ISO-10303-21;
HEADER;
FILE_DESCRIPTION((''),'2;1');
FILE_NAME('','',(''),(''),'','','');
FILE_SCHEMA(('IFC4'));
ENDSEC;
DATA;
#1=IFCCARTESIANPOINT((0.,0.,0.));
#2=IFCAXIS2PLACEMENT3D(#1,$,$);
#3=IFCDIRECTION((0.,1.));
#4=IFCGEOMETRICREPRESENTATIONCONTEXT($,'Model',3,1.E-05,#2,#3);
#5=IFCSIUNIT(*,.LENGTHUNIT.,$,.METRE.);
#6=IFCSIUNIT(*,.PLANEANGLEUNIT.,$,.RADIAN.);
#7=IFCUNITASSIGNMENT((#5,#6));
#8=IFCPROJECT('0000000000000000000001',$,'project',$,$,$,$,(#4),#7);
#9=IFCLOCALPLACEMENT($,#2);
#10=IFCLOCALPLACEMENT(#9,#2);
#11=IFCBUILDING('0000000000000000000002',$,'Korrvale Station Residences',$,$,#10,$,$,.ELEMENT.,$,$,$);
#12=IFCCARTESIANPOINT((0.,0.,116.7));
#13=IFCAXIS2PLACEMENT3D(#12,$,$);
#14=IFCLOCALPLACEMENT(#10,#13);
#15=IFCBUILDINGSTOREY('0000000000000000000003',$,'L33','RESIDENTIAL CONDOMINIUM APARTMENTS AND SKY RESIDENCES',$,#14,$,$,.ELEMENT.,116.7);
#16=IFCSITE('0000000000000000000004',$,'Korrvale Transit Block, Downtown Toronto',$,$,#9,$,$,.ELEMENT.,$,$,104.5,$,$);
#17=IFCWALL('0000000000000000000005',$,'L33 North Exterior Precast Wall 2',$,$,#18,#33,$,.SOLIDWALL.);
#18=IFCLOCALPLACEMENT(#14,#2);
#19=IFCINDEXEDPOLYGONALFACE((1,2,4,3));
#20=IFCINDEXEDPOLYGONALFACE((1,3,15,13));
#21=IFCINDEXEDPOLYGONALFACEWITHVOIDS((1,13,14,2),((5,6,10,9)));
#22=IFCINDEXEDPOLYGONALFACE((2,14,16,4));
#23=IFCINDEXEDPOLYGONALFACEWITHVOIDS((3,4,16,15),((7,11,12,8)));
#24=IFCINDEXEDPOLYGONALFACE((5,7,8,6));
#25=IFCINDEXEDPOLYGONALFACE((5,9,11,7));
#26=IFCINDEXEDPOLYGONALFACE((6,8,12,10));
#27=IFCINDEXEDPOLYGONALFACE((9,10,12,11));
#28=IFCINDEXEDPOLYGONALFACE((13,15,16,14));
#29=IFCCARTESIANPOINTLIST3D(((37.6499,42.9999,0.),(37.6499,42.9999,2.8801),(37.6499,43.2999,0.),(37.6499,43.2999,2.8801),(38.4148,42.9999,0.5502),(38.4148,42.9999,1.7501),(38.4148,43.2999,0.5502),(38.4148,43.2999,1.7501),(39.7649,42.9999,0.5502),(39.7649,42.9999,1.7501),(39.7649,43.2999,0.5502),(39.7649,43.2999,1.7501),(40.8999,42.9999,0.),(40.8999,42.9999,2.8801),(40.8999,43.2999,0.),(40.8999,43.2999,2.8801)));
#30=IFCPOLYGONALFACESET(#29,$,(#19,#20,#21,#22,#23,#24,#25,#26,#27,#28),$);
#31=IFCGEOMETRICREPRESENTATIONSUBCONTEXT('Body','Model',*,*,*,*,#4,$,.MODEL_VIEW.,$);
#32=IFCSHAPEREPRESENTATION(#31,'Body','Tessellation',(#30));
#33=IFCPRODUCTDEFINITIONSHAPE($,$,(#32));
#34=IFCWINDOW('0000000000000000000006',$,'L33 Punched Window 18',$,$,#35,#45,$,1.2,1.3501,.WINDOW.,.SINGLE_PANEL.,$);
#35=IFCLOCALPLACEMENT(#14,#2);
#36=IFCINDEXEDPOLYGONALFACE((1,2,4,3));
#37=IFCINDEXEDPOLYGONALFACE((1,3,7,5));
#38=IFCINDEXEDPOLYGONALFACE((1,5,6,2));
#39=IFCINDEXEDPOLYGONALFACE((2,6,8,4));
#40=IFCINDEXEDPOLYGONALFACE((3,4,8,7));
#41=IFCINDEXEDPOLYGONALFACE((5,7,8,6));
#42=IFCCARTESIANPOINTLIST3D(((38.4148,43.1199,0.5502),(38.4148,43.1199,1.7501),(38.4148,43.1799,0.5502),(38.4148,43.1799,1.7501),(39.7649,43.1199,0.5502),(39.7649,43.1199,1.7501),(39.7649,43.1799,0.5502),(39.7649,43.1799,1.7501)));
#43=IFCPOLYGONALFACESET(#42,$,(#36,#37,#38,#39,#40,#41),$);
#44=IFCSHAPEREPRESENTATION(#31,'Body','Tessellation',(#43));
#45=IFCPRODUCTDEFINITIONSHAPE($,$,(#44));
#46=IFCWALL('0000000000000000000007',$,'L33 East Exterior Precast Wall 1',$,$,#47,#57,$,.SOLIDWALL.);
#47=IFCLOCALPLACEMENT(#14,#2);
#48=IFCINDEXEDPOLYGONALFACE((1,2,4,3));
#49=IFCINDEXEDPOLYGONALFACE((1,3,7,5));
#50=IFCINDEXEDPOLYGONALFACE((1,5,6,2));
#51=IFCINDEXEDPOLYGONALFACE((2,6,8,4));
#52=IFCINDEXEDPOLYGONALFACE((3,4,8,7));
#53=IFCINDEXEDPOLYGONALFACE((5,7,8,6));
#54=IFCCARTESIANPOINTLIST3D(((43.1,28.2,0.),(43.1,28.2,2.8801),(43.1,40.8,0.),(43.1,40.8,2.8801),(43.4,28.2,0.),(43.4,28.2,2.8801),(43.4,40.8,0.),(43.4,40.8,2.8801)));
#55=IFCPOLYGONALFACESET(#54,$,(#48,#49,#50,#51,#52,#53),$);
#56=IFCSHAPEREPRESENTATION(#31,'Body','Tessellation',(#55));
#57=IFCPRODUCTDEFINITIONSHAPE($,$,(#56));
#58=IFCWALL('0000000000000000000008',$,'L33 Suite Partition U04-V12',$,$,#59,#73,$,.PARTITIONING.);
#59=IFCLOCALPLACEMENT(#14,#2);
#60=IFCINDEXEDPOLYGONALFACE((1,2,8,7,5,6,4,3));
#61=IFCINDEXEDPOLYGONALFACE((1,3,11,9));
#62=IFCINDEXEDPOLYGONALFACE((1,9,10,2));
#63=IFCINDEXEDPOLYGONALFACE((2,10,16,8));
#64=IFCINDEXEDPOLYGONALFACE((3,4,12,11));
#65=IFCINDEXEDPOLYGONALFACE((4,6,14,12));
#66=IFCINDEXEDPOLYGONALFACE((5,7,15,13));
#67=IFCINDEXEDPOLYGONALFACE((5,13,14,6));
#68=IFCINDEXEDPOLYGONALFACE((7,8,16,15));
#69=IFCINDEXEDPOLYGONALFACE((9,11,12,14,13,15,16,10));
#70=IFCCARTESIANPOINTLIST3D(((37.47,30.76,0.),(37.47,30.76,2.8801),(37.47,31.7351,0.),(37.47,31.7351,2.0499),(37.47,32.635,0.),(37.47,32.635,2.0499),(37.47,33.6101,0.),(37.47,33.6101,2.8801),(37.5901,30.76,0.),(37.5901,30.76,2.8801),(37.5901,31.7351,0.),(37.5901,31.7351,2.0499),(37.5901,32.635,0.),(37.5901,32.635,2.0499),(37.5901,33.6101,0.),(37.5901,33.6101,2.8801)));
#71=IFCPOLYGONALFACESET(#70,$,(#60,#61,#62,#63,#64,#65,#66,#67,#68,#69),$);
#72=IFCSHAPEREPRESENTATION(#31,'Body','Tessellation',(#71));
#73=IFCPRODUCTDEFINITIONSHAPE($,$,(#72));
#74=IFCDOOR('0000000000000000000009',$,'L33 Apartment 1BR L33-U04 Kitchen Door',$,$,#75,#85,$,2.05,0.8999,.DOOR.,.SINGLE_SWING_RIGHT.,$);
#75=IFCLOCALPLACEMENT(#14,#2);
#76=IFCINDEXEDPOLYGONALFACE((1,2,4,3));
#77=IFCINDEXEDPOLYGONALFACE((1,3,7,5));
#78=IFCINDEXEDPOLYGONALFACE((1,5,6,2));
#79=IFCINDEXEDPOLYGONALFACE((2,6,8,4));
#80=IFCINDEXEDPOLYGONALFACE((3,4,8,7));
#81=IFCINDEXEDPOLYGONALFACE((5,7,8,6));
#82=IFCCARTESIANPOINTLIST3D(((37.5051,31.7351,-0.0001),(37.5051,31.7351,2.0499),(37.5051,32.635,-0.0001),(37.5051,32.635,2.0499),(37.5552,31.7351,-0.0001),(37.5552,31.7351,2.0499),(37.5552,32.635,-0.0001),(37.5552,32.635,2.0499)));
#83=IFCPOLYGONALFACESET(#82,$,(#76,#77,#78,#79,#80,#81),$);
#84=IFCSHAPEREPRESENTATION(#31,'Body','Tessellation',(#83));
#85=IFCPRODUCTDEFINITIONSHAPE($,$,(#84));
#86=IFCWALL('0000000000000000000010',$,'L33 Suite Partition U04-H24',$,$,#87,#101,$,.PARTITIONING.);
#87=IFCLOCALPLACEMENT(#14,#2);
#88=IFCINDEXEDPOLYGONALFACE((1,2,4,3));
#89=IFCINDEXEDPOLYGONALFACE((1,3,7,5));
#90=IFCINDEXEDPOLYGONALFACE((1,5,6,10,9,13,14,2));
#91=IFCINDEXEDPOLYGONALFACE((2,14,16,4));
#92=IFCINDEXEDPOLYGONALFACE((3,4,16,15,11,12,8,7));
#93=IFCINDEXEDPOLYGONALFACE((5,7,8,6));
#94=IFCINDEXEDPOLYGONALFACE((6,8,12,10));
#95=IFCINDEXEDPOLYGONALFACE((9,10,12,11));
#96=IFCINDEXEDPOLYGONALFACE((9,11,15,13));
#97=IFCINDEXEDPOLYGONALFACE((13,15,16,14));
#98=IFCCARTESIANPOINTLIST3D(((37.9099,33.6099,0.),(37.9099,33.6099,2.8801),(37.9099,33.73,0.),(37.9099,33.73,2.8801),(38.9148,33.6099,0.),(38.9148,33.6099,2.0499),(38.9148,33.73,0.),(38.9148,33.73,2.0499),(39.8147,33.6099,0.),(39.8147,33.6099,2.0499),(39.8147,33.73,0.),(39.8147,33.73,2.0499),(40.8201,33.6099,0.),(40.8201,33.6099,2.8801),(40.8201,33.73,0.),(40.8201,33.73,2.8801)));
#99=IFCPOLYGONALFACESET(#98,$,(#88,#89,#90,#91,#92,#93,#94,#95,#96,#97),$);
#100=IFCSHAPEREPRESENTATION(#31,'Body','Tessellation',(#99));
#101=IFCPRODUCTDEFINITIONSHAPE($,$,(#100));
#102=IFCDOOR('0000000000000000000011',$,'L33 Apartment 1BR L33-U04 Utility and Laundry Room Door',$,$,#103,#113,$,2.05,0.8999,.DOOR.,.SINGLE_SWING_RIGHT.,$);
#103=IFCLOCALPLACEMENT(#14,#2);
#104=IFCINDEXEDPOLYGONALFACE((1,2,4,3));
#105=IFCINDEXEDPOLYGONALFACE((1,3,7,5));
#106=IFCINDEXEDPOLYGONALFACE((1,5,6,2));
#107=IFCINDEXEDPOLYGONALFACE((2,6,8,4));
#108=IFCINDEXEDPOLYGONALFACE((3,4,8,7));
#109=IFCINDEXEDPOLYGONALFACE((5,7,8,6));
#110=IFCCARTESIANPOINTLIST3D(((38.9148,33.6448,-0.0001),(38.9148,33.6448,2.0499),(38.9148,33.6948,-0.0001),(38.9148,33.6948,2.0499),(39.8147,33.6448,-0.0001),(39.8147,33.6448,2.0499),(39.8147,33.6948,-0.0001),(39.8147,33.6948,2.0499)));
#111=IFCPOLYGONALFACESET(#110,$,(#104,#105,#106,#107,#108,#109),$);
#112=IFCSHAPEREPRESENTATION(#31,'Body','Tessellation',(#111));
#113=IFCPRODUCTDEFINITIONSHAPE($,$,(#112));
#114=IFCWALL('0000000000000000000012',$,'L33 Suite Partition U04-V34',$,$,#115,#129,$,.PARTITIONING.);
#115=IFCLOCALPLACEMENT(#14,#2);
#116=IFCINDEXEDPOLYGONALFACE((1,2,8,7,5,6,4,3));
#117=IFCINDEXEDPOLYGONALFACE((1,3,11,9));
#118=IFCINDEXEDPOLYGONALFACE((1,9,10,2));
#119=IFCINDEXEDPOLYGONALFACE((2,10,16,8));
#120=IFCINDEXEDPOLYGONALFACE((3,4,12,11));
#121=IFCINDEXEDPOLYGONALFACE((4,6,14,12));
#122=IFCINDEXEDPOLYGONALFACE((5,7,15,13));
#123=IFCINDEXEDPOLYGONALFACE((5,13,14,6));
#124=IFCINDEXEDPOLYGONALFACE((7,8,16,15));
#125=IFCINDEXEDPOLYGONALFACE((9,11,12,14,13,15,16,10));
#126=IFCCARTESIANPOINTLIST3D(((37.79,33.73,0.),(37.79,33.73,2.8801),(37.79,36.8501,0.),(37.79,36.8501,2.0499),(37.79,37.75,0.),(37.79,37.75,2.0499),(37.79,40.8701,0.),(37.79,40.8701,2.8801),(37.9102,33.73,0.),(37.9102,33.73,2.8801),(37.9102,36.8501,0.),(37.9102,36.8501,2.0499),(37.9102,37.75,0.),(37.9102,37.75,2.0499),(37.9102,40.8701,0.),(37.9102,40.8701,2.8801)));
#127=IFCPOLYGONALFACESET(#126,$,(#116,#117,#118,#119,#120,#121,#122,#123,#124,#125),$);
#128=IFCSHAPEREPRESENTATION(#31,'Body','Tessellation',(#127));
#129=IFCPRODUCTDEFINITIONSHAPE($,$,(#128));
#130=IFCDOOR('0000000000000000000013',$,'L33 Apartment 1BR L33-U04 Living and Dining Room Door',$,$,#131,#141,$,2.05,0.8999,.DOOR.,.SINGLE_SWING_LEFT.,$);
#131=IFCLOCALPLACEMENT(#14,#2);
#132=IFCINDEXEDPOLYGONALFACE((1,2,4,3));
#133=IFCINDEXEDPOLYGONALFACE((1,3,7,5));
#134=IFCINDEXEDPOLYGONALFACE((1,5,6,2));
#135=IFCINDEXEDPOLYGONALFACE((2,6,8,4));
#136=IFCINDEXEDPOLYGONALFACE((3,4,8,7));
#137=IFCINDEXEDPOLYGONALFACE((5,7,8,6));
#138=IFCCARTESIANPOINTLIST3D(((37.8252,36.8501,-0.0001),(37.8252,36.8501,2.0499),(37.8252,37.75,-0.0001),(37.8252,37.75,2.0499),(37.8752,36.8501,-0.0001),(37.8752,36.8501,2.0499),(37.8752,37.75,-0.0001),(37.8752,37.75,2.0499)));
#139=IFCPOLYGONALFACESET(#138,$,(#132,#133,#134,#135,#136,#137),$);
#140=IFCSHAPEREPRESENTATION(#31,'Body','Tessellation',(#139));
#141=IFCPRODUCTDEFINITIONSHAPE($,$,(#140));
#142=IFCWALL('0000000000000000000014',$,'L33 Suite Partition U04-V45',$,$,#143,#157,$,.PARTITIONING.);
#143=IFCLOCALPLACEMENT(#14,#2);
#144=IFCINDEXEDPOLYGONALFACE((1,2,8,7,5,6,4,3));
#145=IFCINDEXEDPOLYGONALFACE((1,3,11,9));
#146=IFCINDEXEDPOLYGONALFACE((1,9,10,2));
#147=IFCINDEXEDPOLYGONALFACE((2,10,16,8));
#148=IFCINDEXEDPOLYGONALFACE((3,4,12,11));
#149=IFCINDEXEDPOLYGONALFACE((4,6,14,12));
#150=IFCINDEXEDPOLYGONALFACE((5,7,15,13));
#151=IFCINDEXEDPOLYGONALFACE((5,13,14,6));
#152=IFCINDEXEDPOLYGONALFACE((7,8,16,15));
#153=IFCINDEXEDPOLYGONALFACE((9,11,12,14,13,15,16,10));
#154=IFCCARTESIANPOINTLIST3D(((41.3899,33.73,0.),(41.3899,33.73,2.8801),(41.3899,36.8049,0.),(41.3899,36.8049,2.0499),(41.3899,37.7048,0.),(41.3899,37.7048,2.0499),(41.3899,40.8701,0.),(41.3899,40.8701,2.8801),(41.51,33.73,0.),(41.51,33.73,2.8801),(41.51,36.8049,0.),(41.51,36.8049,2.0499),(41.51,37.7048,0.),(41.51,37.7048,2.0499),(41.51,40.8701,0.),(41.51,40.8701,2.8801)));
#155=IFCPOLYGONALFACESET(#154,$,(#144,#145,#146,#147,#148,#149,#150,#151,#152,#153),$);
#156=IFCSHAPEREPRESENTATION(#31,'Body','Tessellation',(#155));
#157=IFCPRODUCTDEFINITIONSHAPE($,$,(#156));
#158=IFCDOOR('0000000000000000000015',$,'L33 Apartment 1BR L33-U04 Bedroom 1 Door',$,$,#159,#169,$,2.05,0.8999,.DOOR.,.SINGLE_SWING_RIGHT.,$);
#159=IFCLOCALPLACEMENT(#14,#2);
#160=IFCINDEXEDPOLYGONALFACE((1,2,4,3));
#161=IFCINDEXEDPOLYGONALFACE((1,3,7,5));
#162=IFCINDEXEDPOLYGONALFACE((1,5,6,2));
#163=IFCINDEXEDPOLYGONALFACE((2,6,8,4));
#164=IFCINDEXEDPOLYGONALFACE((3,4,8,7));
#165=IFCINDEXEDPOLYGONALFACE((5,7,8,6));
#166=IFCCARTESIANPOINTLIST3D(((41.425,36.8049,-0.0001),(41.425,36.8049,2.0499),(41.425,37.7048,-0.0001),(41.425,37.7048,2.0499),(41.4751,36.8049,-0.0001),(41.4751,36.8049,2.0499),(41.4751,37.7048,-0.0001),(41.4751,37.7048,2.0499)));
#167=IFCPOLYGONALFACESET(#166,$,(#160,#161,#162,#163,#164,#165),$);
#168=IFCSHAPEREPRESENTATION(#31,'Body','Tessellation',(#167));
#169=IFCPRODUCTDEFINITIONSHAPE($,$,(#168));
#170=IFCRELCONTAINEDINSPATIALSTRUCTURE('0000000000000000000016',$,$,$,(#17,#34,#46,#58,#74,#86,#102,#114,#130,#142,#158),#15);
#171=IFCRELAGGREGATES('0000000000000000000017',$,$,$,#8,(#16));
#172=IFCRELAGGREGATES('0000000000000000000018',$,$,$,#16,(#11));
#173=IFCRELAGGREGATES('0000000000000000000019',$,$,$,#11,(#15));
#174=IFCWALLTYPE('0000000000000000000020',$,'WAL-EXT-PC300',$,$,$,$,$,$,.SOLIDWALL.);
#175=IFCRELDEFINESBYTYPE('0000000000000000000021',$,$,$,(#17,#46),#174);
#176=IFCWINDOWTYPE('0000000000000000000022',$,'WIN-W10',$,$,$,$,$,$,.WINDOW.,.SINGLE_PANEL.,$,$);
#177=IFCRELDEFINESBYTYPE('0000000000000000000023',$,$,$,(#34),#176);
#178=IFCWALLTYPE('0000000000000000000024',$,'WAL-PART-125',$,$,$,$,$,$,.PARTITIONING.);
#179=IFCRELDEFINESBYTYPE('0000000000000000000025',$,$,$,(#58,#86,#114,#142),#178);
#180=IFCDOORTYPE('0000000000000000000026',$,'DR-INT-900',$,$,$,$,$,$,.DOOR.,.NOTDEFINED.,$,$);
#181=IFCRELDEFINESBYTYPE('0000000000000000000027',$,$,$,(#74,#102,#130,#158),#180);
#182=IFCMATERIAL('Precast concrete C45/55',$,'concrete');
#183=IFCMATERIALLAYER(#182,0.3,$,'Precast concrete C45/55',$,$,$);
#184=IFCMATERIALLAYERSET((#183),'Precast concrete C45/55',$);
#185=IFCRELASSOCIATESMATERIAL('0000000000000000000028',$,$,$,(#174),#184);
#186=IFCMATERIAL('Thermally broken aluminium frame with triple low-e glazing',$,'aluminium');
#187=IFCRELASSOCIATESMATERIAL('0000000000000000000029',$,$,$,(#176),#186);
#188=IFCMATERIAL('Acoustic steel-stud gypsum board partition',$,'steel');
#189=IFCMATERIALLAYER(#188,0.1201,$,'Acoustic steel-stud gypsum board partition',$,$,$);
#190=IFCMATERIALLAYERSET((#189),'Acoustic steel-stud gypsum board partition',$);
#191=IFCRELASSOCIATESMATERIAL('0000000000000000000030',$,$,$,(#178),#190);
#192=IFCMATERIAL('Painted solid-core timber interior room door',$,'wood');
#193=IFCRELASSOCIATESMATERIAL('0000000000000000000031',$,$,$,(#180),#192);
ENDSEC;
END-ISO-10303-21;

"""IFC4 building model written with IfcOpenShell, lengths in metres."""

from ifc_helpers import new_model, si_unit, direction, frame, frame_2d, origin, place, context, subcontext, project, spatial, rectangle, extrude, material, layer, layer_set, type_object, element, fill, save


model = new_model("IFC4")

# Units and contexts
model_context = context("Model", 3, precision=1e-05, world=origin(), true_north=direction((0.0, 1.0)))
body_context = subcontext(model_context, "Body", "Model", "MODEL_VIEW")
ifc_project = project(units=[si_unit("LENGTHUNIT", "METRE"), si_unit("PLANEANGLEUNIT", "RADIAN")], contexts=[model_context])

# Site, building, storey
site_placement = place(None, origin())
site = spatial("IfcSite", under=ifc_project, at=site_placement, Name="Korrvale Transit Block, Downtown Toronto", CompositionType="ELEMENT", RefElevation=104.5)
building_placement = place(site_placement, origin())
building = spatial("IfcBuilding", under=site, at=building_placement, Name="Korrvale Station Residences", CompositionType="ELEMENT")
storey_placement = place(building_placement, frame((0.0, 0.0, 116.7)))
storey = spatial("IfcBuildingStorey", under=building, at=storey_placement, Name="L33", Description="RESIDENTIAL CONDOMINIUM APARTMENTS AND SKY RESIDENCES", CompositionType="ELEMENT", Elevation=116.7)

# Shared definitions
ifc_material_1 = material(Name="Precast concrete C45/55", Category="concrete")

# Wall, opening, window
ifc_layer_1 = layer(ifc_material_1, 0.3, Name="Precast concrete C45/55")
ifc_layer_set_1 = layer_set([ifc_layer_1], Name="Precast concrete C45/55")
wall_type_1 = type_object("IfcWallType", Name="WAL-EXT-PC300", PredefinedType="SOLIDWALL", material=ifc_layer_set_1)
wall_1_placement = place(storey_placement, frame((37.6499, 43.1499, 0.0), z_axis=(0.0, 0.0, 1.0), x_axis=(1.0, 0.0, 0.0)))
wall_1 = element("IfcWall", 1, at=wall_1_placement, inside=storey, type_object=wall_type_1, Name="L33 North Exterior Precast Wall 2", PredefinedType="SOLIDWALL", context=body_context, shape_type="SweptSolid", body=[
    extrude(rectangle(XDim=3.25, YDim=0.3, at=frame_2d((1.625, 0.0))), origin(), (0.0, 0.0, 1.0), 2.8801),
])
opening_1_placement = place(wall_1_placement, frame((0.7649, 0.0, 0.55)))
opening_1 = element("IfcOpeningElement", 2, at=opening_1_placement, cuts=wall_1, PredefinedType="OPENING", context=body_context, shape_type="SweptSolid", body=[
    extrude(rectangle(XDim=1.3501, YDim=1.2, at=frame_2d((0.675, 0.6001))), frame((0.0, 0.1602, 0.0), z_axis=(0.0, -1.0, 0.0), x_axis=(1.0, 0.0, 0.0)), (0.0, 0.0, 1.0), 0.3201),
])
ifc_material_2 = material(Name="Thermally broken aluminium frame with triple low-e glazing", Category="aluminium")
window_type = type_object("IfcWindowType", Name="WIN-W10", PartitioningType="SINGLE_PANEL", PredefinedType="WINDOW", material=ifc_material_2)
window_placement = place(opening_1_placement, origin())
window = element("IfcWindow", 3, at=window_placement, inside=storey, type_object=window_type, Name="L33 Punched Window 18", OverallHeight=1.2, OverallWidth=1.3501, PartitioningType="SINGLE_PANEL", PredefinedType="WINDOW", context=body_context, shape_type="SweptSolid", body=[
    extrude(rectangle(XDim=1.3501, YDim=1.2, at=frame_2d((0.675, 0.6001))), frame((0.0, 0.03, 0.0), z_axis=(0.0, -1.0, 0.0), x_axis=(1.0, 0.0, 0.0)), (0.0, 0.0, 1.0), 0.0601),
])
fill(opening_1, window)

# Wall
wall_2_placement = place(storey_placement, frame((43.25, 40.8, 0.0), z_axis=(0.0, 0.0, 1.0), x_axis=(0.0, -1.0, 0.0)))
element("IfcWall", 4, at=wall_2_placement, inside=storey, type_object=wall_type_1, Name="L33 East Exterior Precast Wall 1", PredefinedType="SOLIDWALL", context=body_context, shape_type="SweptSolid", body=[
    extrude(rectangle(XDim=12.6001, YDim=0.3, at=frame_2d((6.3, 0.0))), origin(), (0.0, 0.0, 1.0), 2.8801),
])

# Walls, openings, doors
ifc_material_3 = material(Name="Acoustic steel-stud gypsum board partition", Category="steel")
ifc_layer_2 = layer(ifc_material_3, 0.1201, Name="Acoustic steel-stud gypsum board partition")
ifc_layer_set_2 = layer_set([ifc_layer_2], Name="Acoustic steel-stud gypsum board partition")
wall_type_2 = type_object("IfcWallType", Name="WAL-PART-125", PredefinedType="PARTITIONING", material=ifc_layer_set_2)
wall_3_placement = place(storey_placement, frame((37.53, 30.76, 0.0), z_axis=(0.0, 0.0, 1.0), x_axis=(0.0, 1.0, 0.0)))
wall_3 = element("IfcWall", 5, at=wall_3_placement, inside=storey, type_object=wall_type_2, Name="L33 Suite Partition U04-V12", PredefinedType="PARTITIONING", context=body_context, shape_type="SweptSolid", body=[
    extrude(rectangle(XDim=2.8501, YDim=0.1201, at=frame_2d((1.425, 0.0))), origin(), (0.0, 0.0, 1.0), 2.8801),
])
opening_2_placement = place(wall_3_placement, frame((0.9751, 0.0, 0.0)))
opening_2 = element("IfcOpeningElement", 6, at=opening_2_placement, cuts=wall_3, PredefinedType="OPENING", context=body_context, shape_type="SweptSolid", body=[
    extrude(rectangle(XDim=0.8999, YDim=2.05, at=frame_2d((0.45, 1.0249))), frame((0.0, 0.0701, 0.0), z_axis=(0.0, -1.0, 0.0), x_axis=(1.0, 0.0, 0.0)), (0.0, 0.0, 1.0), 0.1401),
])
ifc_material_4 = material(Name="Painted solid-core timber interior room door", Category="wood")
door_type = type_object("IfcDoorType", Name="DR-INT-900", OperationType="NOTDEFINED", PredefinedType="DOOR", material=ifc_material_4)
door_1_placement = place(opening_2_placement, origin())
door_1 = element("IfcDoor", 7, at=door_1_placement, inside=storey, type_object=door_type, Name="L33 Apartment 1BR L33-U04 Kitchen Door", OperationType="SINGLE_SWING_RIGHT", OverallHeight=2.05, OverallWidth=0.8999, PredefinedType="DOOR", context=body_context, shape_type="SweptSolid", body=[
    extrude(rectangle(XDim=0.8999, YDim=2.05, at=frame_2d((0.45, 1.0249))), frame((0.0, 0.0249, 0.0), z_axis=(0.0, -1.0, 0.0), x_axis=(1.0, 0.0, 0.0)), (0.0, 0.0, 1.0), 0.05),
])
fill(opening_2, door_1)
wall_4_placement = place(storey_placement, frame((37.9099, 33.6699, 0.0), z_axis=(0.0, 0.0, 1.0), x_axis=(1.0, 0.0, 0.0)))
wall_4 = element("IfcWall", 8, at=wall_4_placement, inside=storey, type_object=wall_type_2, Name="L33 Suite Partition U04-H24", PredefinedType="PARTITIONING", context=body_context, shape_type="SweptSolid", body=[
    extrude(rectangle(XDim=2.9102, YDim=0.1201, at=frame_2d((1.4551, 0.0))), origin(), (0.0, 0.0, 1.0), 2.8801),
])
opening_3_placement = place(wall_4_placement, frame((1.0049, 0.0, 0.0)))
opening_3 = element("IfcOpeningElement", 9, at=opening_3_placement, cuts=wall_4, PredefinedType="OPENING", context=body_context, shape_type="SweptSolid", body=[
    extrude(rectangle(XDim=0.8999, YDim=2.05, at=frame_2d((0.45, 1.0249))), frame((0.0, 0.0701, 0.0), z_axis=(0.0, -1.0, 0.0), x_axis=(1.0, 0.0, 0.0)), (0.0, 0.0, 1.0), 0.1401),
])
door_2_placement = place(opening_3_placement, origin())
door_2 = element("IfcDoor", 10, at=door_2_placement, inside=storey, type_object=door_type, Name="L33 Apartment 1BR L33-U04 Utility and Laundry Room Door", OperationType="SINGLE_SWING_RIGHT", OverallHeight=2.05, OverallWidth=0.8999, PredefinedType="DOOR", context=body_context, shape_type="SweptSolid", body=[
    extrude(rectangle(XDim=0.8999, YDim=2.05, at=frame_2d((0.45, 1.0249))), frame((0.0, 0.0249, 0.0), z_axis=(0.0, -1.0, 0.0), x_axis=(1.0, 0.0, 0.0)), (0.0, 0.0, 1.0), 0.05),
])
fill(opening_3, door_2)
wall_5_placement = place(storey_placement, frame((37.8501, 33.73, 0.0), z_axis=(0.0, 0.0, 1.0), x_axis=(0.0, 1.0, 0.0)))
wall_5 = element("IfcWall", 11, at=wall_5_placement, inside=storey, type_object=wall_type_2, Name="L33 Suite Partition U04-V34", PredefinedType="PARTITIONING", context=body_context, shape_type="SweptSolid", body=[
    extrude(rectangle(XDim=7.1401, YDim=0.1201, at=frame_2d((3.5701, 0.0))), origin(), (0.0, 0.0, 1.0), 2.8801),
])
opening_4_placement = place(wall_5_placement, frame((3.1201, 0.0, 0.0)))
opening_4 = element("IfcOpeningElement", 12, at=opening_4_placement, cuts=wall_5, PredefinedType="OPENING", context=body_context, shape_type="SweptSolid", body=[
    extrude(rectangle(XDim=0.8999, YDim=2.05, at=frame_2d((0.45, 1.0249))), frame((0.0, 0.0701, 0.0), z_axis=(0.0, -1.0, 0.0), x_axis=(1.0, 0.0, 0.0)), (0.0, 0.0, 1.0), 0.1401),
])
door_3_placement = place(opening_4_placement, origin())
door_3 = element("IfcDoor", 13, at=door_3_placement, inside=storey, type_object=door_type, Name="L33 Apartment 1BR L33-U04 Living and Dining Room Door", OperationType="SINGLE_SWING_LEFT", OverallHeight=2.05, OverallWidth=0.8999, PredefinedType="DOOR", context=body_context, shape_type="SweptSolid", body=[
    extrude(rectangle(XDim=0.8999, YDim=2.05, at=frame_2d((0.45, 1.0249))), frame((0.0, 0.0249, 0.0), z_axis=(0.0, -1.0, 0.0), x_axis=(1.0, 0.0, 0.0)), (0.0, 0.0, 1.0), 0.05),
])
fill(opening_4, door_3)
wall_6_placement = place(storey_placement, frame((41.45, 33.73, 0.0), z_axis=(0.0, 0.0, 1.0), x_axis=(0.0, 1.0, 0.0)))
wall_6 = element("IfcWall", 14, at=wall_6_placement, inside=storey, type_object=wall_type_2, Name="L33 Suite Partition U04-V45", PredefinedType="PARTITIONING", context=body_context, shape_type="SweptSolid", body=[
    extrude(rectangle(XDim=7.1401, YDim=0.1201, at=frame_2d((3.5701, 0.0))), origin(), (0.0, 0.0, 1.0), 2.8801),
])
opening_5_placement = place(wall_6_placement, frame((3.075, 0.0, 0.0)))
opening_5 = element("IfcOpeningElement", 15, at=opening_5_placement, cuts=wall_6, PredefinedType="OPENING", context=body_context, shape_type="SweptSolid", body=[
    extrude(rectangle(XDim=0.8999, YDim=2.05, at=frame_2d((0.45, 1.0249))), frame((0.0, 0.0701, 0.0), z_axis=(0.0, -1.0, 0.0), x_axis=(1.0, 0.0, 0.0)), (0.0, 0.0, 1.0), 0.1401),
])
door_4_placement = place(opening_5_placement, origin())
door_4 = element("IfcDoor", 16, at=door_4_placement, inside=storey, type_object=door_type, Name="L33 Apartment 1BR L33-U04 Bedroom 1 Door", OperationType="SINGLE_SWING_RIGHT", OverallHeight=2.05, OverallWidth=0.8999, PredefinedType="DOOR", context=body_context, shape_type="SweptSolid", body=[
    extrude(rectangle(XDim=0.8999, YDim=2.05, at=frame_2d((0.45, 1.0249))), frame((0.0, 0.0249, 0.0), z_axis=(0.0, -1.0, 0.0), x_axis=(1.0, 0.0, 0.0)), (0.0, 0.0, 1.0), 0.05),
])
fill(opening_5, door_4)

save(model, "model.ifc")
